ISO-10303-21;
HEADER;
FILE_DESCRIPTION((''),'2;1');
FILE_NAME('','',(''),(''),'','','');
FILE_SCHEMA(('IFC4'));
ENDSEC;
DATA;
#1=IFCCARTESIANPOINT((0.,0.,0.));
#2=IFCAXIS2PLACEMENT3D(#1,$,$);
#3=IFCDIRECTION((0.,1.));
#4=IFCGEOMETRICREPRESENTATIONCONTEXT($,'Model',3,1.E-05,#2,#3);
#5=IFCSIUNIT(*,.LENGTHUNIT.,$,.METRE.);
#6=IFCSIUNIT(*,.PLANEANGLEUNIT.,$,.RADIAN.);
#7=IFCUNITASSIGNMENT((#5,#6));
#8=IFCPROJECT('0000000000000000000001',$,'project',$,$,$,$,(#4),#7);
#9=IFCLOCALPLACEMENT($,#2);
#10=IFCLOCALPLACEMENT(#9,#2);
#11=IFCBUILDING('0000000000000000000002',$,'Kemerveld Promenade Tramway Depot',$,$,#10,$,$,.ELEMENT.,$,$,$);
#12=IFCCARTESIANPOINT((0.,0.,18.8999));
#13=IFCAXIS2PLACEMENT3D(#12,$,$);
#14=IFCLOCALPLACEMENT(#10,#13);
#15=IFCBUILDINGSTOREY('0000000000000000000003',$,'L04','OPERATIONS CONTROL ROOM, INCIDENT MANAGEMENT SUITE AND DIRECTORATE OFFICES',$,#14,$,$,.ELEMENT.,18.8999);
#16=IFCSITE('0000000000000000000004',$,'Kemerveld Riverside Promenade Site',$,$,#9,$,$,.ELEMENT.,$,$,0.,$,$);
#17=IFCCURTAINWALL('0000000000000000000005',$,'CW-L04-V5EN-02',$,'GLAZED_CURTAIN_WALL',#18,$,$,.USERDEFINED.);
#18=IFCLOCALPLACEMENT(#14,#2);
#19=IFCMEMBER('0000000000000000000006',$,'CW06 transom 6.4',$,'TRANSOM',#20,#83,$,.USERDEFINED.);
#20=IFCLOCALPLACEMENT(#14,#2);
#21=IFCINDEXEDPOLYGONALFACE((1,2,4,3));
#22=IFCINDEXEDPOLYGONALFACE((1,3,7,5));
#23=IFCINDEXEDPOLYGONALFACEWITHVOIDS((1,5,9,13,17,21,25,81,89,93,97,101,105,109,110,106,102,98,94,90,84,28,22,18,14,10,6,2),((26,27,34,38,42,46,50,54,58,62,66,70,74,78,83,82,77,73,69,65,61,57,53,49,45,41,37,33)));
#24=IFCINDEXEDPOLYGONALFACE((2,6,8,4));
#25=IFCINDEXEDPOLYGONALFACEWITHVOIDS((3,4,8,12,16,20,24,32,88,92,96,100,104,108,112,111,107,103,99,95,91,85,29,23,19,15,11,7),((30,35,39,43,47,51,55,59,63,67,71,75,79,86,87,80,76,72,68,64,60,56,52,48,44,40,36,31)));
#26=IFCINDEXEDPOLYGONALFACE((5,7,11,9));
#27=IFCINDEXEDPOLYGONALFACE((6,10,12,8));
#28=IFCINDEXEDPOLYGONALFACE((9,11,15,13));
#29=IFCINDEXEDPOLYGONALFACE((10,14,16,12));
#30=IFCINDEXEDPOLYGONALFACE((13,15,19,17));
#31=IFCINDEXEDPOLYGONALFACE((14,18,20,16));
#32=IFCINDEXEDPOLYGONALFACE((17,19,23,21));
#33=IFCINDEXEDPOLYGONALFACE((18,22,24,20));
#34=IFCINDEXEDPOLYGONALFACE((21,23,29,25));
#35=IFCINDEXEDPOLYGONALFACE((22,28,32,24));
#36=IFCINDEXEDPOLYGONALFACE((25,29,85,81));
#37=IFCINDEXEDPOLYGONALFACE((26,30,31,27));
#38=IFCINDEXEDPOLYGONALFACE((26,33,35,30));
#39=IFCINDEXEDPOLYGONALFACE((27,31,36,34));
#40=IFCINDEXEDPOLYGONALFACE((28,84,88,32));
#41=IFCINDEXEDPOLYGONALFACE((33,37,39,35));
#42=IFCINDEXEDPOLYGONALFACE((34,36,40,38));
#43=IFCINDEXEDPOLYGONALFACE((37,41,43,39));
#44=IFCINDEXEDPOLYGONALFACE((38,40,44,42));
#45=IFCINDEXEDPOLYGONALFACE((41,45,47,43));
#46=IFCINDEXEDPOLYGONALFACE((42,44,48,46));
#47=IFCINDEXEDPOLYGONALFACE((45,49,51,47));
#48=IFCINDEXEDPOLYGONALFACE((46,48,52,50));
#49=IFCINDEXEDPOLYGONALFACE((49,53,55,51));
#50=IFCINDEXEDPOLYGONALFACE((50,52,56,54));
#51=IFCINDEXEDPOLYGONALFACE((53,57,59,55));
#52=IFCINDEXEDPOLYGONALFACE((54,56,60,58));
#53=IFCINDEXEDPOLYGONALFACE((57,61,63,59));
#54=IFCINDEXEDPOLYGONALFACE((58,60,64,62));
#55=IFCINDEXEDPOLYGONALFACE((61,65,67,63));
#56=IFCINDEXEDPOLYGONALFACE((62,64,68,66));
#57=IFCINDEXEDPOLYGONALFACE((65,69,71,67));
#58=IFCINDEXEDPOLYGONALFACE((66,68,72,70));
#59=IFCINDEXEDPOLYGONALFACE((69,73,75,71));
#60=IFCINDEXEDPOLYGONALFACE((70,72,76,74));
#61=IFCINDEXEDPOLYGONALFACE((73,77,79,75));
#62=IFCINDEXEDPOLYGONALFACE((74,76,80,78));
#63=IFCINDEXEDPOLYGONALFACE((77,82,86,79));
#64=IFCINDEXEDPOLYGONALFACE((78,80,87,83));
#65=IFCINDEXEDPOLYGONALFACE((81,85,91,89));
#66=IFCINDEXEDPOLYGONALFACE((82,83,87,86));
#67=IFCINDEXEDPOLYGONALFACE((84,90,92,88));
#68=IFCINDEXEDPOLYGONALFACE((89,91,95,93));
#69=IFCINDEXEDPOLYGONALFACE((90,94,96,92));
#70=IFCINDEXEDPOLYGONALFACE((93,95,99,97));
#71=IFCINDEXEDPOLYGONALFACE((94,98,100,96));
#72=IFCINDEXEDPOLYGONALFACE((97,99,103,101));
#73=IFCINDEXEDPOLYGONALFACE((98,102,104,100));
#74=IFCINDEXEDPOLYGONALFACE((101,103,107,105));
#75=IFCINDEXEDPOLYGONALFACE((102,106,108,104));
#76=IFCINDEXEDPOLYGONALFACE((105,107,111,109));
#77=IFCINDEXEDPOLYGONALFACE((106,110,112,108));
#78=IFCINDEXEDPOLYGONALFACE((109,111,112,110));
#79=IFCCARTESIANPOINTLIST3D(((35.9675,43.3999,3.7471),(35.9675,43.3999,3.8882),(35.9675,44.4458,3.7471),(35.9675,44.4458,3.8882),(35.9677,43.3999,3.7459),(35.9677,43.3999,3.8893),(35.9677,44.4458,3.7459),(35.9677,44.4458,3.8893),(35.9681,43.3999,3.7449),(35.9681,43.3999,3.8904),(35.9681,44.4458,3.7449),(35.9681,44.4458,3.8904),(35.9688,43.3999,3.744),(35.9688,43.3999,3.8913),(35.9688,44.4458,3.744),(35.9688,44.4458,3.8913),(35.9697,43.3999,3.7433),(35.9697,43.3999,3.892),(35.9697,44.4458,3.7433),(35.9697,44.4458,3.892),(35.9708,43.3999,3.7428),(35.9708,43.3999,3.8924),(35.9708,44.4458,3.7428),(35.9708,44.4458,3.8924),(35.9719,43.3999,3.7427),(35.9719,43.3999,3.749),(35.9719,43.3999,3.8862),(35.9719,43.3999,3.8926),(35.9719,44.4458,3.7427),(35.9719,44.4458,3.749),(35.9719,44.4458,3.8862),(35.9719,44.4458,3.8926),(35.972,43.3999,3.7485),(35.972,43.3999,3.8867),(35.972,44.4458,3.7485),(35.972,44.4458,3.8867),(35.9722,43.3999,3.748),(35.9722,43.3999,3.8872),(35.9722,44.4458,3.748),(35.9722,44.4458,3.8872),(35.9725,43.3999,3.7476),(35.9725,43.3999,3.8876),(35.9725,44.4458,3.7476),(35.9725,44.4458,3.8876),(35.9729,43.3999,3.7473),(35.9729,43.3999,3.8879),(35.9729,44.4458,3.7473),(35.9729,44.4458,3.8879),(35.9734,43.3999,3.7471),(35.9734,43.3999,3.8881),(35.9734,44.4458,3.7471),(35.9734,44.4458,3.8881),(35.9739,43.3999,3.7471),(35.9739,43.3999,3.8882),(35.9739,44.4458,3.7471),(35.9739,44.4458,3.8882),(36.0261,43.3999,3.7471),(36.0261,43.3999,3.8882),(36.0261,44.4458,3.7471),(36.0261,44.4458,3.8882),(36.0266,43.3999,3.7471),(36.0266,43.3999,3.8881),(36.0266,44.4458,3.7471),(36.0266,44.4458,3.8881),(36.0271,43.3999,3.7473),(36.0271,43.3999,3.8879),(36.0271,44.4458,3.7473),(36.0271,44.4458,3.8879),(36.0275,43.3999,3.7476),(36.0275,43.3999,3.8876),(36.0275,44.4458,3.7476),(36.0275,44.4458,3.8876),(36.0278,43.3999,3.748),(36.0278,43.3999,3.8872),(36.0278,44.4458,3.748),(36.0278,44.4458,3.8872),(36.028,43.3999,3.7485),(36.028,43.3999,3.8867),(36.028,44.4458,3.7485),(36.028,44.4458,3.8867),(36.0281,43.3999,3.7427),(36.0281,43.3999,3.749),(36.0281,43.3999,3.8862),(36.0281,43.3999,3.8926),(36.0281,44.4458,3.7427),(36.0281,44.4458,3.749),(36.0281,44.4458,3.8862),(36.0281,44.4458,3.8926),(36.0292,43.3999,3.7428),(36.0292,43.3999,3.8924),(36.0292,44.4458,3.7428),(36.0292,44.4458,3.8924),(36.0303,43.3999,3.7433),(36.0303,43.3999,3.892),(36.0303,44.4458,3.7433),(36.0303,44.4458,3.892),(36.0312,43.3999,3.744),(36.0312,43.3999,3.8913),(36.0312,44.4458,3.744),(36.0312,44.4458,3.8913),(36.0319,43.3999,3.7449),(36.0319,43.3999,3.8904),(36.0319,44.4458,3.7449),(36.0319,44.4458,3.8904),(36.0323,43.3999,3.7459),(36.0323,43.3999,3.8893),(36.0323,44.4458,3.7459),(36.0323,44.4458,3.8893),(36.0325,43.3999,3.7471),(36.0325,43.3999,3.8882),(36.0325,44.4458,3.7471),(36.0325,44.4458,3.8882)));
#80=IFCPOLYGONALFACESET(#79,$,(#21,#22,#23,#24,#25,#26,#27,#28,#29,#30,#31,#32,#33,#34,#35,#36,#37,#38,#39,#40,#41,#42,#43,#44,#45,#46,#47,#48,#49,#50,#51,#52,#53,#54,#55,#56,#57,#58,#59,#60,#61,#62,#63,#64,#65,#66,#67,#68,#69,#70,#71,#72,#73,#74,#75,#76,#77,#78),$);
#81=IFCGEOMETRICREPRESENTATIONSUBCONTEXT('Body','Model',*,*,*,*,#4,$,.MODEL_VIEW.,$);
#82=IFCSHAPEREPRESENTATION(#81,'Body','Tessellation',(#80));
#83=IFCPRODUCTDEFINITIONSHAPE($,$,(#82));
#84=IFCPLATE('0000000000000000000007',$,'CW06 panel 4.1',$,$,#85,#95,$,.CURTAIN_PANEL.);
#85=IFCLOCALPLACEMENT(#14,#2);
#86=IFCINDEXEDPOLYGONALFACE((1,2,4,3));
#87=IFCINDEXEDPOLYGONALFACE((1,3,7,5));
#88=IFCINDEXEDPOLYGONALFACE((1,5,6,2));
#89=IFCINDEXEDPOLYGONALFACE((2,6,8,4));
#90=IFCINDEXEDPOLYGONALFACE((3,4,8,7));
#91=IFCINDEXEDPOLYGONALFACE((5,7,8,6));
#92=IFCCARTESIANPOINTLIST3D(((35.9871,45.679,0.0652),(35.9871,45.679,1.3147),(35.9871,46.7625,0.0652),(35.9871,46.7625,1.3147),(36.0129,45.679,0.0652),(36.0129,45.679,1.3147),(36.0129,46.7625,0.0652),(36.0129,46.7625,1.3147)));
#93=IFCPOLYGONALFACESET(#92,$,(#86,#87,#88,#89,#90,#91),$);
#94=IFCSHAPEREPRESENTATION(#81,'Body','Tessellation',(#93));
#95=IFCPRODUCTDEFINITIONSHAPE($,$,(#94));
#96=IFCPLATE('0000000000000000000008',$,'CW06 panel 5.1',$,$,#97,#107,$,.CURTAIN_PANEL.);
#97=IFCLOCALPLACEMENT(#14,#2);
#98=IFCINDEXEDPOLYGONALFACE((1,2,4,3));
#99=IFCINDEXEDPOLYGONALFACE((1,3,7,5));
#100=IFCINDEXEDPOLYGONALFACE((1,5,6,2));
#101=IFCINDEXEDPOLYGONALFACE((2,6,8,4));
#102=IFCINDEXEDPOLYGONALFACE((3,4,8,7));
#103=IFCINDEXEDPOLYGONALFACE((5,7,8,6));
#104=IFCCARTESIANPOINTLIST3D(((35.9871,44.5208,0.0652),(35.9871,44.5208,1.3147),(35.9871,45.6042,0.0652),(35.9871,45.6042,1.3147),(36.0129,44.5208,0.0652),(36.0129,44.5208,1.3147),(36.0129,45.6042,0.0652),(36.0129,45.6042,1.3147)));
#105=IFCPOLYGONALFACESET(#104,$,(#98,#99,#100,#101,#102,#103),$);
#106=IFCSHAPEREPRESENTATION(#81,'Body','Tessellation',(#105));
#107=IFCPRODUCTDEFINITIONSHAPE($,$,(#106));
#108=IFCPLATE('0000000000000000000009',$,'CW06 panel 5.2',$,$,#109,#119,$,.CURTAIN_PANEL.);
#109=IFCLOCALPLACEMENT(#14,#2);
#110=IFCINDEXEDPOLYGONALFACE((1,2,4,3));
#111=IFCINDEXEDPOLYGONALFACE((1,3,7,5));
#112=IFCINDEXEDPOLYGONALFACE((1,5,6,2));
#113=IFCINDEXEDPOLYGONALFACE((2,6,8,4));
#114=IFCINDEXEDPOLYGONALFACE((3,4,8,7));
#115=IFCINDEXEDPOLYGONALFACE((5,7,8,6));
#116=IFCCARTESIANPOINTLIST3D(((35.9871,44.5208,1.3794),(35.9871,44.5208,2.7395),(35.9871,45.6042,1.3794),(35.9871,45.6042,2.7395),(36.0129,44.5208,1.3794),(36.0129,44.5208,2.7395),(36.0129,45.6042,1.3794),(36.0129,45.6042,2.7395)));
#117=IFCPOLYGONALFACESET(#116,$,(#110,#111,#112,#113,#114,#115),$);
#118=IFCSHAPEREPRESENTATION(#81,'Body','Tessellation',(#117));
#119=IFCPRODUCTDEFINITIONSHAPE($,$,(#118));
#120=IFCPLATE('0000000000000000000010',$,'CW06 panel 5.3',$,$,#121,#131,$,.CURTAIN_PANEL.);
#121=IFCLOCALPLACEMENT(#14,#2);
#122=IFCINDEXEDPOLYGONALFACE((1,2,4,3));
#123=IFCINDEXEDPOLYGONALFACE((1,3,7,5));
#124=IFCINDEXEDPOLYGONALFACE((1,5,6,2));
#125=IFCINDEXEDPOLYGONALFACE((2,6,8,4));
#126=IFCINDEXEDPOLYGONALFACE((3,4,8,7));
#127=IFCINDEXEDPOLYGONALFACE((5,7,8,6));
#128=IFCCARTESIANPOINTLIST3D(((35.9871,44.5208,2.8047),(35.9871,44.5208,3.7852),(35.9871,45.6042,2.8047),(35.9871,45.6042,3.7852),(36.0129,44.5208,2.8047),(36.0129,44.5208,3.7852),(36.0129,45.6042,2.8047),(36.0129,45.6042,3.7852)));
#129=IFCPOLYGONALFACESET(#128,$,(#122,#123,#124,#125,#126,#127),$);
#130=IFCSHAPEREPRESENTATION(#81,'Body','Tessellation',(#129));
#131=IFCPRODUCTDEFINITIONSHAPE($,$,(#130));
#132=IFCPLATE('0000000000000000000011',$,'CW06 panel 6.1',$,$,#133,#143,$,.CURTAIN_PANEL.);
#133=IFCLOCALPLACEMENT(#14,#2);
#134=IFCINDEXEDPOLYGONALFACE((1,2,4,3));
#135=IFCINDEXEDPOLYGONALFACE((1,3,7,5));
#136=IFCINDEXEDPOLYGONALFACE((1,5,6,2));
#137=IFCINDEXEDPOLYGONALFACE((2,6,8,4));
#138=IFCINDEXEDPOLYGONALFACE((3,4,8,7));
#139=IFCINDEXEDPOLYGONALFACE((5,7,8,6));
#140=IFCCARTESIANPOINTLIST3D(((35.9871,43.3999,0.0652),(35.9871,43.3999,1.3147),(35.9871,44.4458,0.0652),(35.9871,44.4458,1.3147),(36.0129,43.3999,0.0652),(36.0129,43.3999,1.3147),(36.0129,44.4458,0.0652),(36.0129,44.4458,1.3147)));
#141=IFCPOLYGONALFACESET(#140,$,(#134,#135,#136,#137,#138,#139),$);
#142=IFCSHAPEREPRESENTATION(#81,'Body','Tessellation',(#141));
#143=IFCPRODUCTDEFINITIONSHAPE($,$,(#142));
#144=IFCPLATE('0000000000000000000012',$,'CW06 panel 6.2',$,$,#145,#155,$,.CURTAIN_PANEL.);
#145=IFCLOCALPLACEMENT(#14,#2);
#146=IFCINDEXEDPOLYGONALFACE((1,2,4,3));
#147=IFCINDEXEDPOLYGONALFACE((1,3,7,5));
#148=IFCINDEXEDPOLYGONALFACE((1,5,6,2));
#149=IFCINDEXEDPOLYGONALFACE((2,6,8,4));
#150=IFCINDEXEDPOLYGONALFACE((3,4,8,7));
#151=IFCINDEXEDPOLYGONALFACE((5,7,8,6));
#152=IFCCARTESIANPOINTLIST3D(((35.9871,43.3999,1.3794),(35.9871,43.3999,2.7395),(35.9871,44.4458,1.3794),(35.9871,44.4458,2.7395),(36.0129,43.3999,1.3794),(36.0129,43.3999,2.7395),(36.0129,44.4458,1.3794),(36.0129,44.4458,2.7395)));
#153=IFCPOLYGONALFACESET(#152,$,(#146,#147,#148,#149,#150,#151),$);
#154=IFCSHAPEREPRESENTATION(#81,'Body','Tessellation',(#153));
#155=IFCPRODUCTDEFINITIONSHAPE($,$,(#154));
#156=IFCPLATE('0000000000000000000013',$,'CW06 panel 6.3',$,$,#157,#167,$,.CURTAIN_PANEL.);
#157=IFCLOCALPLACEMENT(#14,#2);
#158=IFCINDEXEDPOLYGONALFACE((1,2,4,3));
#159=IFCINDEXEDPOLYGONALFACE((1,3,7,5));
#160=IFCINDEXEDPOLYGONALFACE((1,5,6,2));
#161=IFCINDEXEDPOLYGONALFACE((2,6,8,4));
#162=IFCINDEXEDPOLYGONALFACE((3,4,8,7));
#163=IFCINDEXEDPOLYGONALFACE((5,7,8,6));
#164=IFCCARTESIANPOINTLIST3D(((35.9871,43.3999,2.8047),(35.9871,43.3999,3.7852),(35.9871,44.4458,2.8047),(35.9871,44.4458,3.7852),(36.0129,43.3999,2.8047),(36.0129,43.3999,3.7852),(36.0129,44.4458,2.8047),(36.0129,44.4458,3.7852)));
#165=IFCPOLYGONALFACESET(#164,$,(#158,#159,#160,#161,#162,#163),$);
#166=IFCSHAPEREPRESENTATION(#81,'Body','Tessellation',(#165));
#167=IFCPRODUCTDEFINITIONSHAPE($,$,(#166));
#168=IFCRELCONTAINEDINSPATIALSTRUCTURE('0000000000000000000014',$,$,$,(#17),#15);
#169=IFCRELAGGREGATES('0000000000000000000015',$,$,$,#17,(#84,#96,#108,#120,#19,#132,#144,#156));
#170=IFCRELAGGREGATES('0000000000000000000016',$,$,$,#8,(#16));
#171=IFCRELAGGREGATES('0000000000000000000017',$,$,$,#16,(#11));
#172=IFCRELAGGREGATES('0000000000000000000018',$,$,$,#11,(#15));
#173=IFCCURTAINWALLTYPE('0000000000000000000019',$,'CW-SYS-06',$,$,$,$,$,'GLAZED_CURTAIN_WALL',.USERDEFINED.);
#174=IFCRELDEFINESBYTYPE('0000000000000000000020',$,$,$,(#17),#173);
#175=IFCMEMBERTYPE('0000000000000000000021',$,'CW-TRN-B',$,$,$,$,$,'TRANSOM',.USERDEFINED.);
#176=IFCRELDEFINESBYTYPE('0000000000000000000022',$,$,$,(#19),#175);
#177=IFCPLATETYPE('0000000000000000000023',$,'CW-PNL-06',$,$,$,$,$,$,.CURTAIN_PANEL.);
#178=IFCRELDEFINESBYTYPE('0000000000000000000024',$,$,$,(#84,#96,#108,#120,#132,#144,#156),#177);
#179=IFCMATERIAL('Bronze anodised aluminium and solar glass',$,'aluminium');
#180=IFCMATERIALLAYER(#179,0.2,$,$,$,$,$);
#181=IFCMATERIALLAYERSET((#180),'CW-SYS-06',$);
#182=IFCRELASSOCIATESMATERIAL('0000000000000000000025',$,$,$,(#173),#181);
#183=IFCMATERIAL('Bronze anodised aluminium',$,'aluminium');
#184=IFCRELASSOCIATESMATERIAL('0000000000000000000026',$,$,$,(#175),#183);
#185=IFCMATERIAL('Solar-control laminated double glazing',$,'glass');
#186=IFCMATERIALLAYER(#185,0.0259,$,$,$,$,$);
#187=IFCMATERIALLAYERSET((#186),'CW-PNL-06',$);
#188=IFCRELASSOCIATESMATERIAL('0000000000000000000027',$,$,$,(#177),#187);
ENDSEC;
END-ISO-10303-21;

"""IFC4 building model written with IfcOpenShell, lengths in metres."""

from ifc_helpers import new_model, si_unit, direction, frame, origin, origin_2d, place, context, subcontext, project, spatial, rectangle, hollow_rectangle, extrude, material, layer, layer_set, material_profile, profile_set, type_object, element, aggregate, save


model = new_model("IFC4")

# Units and contexts
model_context = context("Model", 3, precision=1e-05, world=origin(), true_north=direction((0.0, 1.0)))
body_context = subcontext(model_context, "Body", "Model", "MODEL_VIEW")
ifc_project = project(units=[si_unit("LENGTHUNIT", "METRE"), si_unit("PLANEANGLEUNIT", "RADIAN")], contexts=[model_context])

# Site, building, storey
site_placement = place(None, origin())
site = spatial("IfcSite", under=ifc_project, at=site_placement, Name="Kemerveld Riverside Promenade Site", CompositionType="ELEMENT", RefElevation=0.0)
building_placement = place(site_placement, origin())
building = spatial("IfcBuilding", under=site, at=building_placement, Name="Kemerveld Promenade Tramway Depot", CompositionType="ELEMENT")
storey_placement = place(building_placement, frame((0.0, 0.0, 18.8999)))
storey = spatial("IfcBuildingStorey", under=building, at=storey_placement, Name="L04", Description="OPERATIONS CONTROL ROOM, INCIDENT MANAGEMENT SUITE AND DIRECTORATE OFFICES", CompositionType="ELEMENT", Elevation=18.8999)

# Curtain wall, member, plates
ifc_material_1 = material(Name="Bronze anodised aluminium and solar glass", Category="aluminium")
ifc_layer_1 = layer(ifc_material_1, 0.2)
ifc_layer_set_1 = layer_set([ifc_layer_1], Name="CW-SYS-06")
curtain_wall_type = type_object("IfcCurtainWallType", Name="CW-SYS-06", ElementType="GLAZED_CURTAIN_WALL", PredefinedType="USERDEFINED", material=ifc_layer_set_1)
curtain_wall_placement = place(storey_placement, origin())
curtain_wall = element("IfcCurtainWall", 1, at=curtain_wall_placement, inside=storey, type_object=curtain_wall_type, Name="CW-L04-V5EN-02", ObjectType="GLAZED_CURTAIN_WALL", PredefinedType="USERDEFINED")
ifc_material_2 = material(Name="Bronze anodised aluminium", Category="aluminium")
ifc_material_profile_1 = material_profile(ifc_material_2, hollow_rectangle(XDim=0.0649, YDim=0.1499, WallThickness=0.0044, InnerFilletRadius=0.002, OuterFilletRadius=0.0044, at=origin_2d()), Name="CW-TRN-150x65")
ifc_profile_set_1 = profile_set([ifc_material_profile_1], Name="Bronze anodised aluminium")
member_type_1 = type_object("IfcMemberType", Name="CW-TRN-B", ElementType="TRANSOM", PredefinedType="USERDEFINED", material=ifc_profile_set_1)
member_1_placement = place(storey_placement, frame((36.0, 44.4458, 3.8176), z_axis=(0.0, -1.0, 0.0), x_axis=(1.0, 0.0, 0.0)))
member_1 = element("IfcMember", 2, at=member_1_placement, type_object=member_type_1, Name="CW06 transom 6.4", ObjectType="TRANSOM", PredefinedType="USERDEFINED", context=body_context, shape_type="SweptSolid", body=[
    extrude(hollow_rectangle(XDim=0.0649, YDim=0.1499, WallThickness=0.0044, InnerFilletRadius=0.002, OuterFilletRadius=0.0044, at=origin_2d()), origin(), (0.0, 0.0, 1.0), 1.0459),
])
ifc_material_3 = material(Name="Solar-control laminated double glazing", Category="glass")
ifc_layer_2 = layer(ifc_material_3, 0.0259)
ifc_layer_set_2 = layer_set([ifc_layer_2], Name="CW-PNL-06")
plate_type = type_object("IfcPlateType", Name="CW-PNL-06", PredefinedType="CURTAIN_PANEL", material=ifc_layer_set_2)
plate_1_placement = place(storey_placement, frame((36.0, 46.2207, 0.0652), z_axis=(0.0, 0.0, 1.0), x_axis=(0.0, -1.0, 0.0)))
plate_1 = element("IfcPlate", 3, at=plate_1_placement, type_object=plate_type, Name="CW06 panel 4.1", PredefinedType="CURTAIN_PANEL", context=body_context, shape_type="SweptSolid", body=[
    extrude(rectangle(XDim=1.0835, YDim=0.0259, at=origin_2d()), origin(), (0.0, 0.0, 1.0), 1.2495),
])
plate_2_placement = place(storey_placement, frame((36.0, 45.0625, 0.0652), z_axis=(0.0, 0.0, 1.0), x_axis=(0.0, -1.0, 0.0)))
plate_2 = element("IfcPlate", 4, at=plate_2_placement, type_object=plate_type, Name="CW06 panel 5.1", PredefinedType="CURTAIN_PANEL", context=body_context, shape_type="SweptSolid", body=[
    extrude(rectangle(XDim=1.0835, YDim=0.0259, at=origin_2d()), origin(), (0.0, 0.0, 1.0), 1.2495),
])
plate_3_placement = place(storey_placement, frame((36.0, 45.0625, 1.3794), z_axis=(0.0, 0.0, 1.0), x_axis=(0.0, -1.0, 0.0)))
plate_3 = element("IfcPlate", 5, at=plate_3_placement, type_object=plate_type, Name="CW06 panel 5.2", PredefinedType="CURTAIN_PANEL", context=body_context, shape_type="SweptSolid", body=[
    extrude(rectangle(XDim=1.0835, YDim=0.0259, at=origin_2d()), origin(), (0.0, 0.0, 1.0), 1.3601),
])
plate_4_placement = place(storey_placement, frame((36.0, 45.0625, 2.8047), z_axis=(0.0, 0.0, 1.0), x_axis=(0.0, -1.0, 0.0)))
plate_4 = element("IfcPlate", 6, at=plate_4_placement, type_object=plate_type, Name="CW06 panel 5.3", PredefinedType="CURTAIN_PANEL", context=body_context, shape_type="SweptSolid", body=[
    extrude(rectangle(XDim=1.0835, YDim=0.0259, at=origin_2d()), origin(), (0.0, 0.0, 1.0), 0.9805),
])
plate_5_placement = place(storey_placement, frame((36.0, 43.9229, 0.0652), z_axis=(0.0, 0.0, 1.0), x_axis=(0.0, -1.0, 0.0)))
plate_5 = element("IfcPlate", 7, at=plate_5_placement, type_object=plate_type, Name="CW06 panel 6.1", PredefinedType="CURTAIN_PANEL", context=body_context, shape_type="SweptSolid", body=[
    extrude(rectangle(XDim=1.0459, YDim=0.0259, at=origin_2d()), origin(), (0.0, 0.0, 1.0), 1.2495),
])
plate_6_placement = place(storey_placement, frame((36.0, 43.9229, 1.3794), z_axis=(0.0, 0.0, 1.0), x_axis=(0.0, -1.0, 0.0)))
plate_6 = element("IfcPlate", 8, at=plate_6_placement, type_object=plate_type, Name="CW06 panel 6.2", PredefinedType="CURTAIN_PANEL", context=body_context, shape_type="SweptSolid", body=[
    extrude(rectangle(XDim=1.0459, YDim=0.0259, at=origin_2d()), origin(), (0.0, 0.0, 1.0), 1.3601),
])
plate_7_placement = place(storey_placement, frame((36.0, 43.9229, 2.8047), z_axis=(0.0, 0.0, 1.0), x_axis=(0.0, -1.0, 0.0)))
plate_7 = element("IfcPlate", 9, at=plate_7_placement, type_object=plate_type, Name="CW06 panel 6.3", PredefinedType="CURTAIN_PANEL", context=body_context, shape_type="SweptSolid", body=[
    extrude(rectangle(XDim=1.0459, YDim=0.0259, at=origin_2d()), origin(), (0.0, 0.0, 1.0), 0.9805),
])
aggregate(curtain_wall, [plate_1, plate_2, plate_3, plate_4, member_1, plate_5, plate_6, plate_7])

save(model, "model.ifc")
